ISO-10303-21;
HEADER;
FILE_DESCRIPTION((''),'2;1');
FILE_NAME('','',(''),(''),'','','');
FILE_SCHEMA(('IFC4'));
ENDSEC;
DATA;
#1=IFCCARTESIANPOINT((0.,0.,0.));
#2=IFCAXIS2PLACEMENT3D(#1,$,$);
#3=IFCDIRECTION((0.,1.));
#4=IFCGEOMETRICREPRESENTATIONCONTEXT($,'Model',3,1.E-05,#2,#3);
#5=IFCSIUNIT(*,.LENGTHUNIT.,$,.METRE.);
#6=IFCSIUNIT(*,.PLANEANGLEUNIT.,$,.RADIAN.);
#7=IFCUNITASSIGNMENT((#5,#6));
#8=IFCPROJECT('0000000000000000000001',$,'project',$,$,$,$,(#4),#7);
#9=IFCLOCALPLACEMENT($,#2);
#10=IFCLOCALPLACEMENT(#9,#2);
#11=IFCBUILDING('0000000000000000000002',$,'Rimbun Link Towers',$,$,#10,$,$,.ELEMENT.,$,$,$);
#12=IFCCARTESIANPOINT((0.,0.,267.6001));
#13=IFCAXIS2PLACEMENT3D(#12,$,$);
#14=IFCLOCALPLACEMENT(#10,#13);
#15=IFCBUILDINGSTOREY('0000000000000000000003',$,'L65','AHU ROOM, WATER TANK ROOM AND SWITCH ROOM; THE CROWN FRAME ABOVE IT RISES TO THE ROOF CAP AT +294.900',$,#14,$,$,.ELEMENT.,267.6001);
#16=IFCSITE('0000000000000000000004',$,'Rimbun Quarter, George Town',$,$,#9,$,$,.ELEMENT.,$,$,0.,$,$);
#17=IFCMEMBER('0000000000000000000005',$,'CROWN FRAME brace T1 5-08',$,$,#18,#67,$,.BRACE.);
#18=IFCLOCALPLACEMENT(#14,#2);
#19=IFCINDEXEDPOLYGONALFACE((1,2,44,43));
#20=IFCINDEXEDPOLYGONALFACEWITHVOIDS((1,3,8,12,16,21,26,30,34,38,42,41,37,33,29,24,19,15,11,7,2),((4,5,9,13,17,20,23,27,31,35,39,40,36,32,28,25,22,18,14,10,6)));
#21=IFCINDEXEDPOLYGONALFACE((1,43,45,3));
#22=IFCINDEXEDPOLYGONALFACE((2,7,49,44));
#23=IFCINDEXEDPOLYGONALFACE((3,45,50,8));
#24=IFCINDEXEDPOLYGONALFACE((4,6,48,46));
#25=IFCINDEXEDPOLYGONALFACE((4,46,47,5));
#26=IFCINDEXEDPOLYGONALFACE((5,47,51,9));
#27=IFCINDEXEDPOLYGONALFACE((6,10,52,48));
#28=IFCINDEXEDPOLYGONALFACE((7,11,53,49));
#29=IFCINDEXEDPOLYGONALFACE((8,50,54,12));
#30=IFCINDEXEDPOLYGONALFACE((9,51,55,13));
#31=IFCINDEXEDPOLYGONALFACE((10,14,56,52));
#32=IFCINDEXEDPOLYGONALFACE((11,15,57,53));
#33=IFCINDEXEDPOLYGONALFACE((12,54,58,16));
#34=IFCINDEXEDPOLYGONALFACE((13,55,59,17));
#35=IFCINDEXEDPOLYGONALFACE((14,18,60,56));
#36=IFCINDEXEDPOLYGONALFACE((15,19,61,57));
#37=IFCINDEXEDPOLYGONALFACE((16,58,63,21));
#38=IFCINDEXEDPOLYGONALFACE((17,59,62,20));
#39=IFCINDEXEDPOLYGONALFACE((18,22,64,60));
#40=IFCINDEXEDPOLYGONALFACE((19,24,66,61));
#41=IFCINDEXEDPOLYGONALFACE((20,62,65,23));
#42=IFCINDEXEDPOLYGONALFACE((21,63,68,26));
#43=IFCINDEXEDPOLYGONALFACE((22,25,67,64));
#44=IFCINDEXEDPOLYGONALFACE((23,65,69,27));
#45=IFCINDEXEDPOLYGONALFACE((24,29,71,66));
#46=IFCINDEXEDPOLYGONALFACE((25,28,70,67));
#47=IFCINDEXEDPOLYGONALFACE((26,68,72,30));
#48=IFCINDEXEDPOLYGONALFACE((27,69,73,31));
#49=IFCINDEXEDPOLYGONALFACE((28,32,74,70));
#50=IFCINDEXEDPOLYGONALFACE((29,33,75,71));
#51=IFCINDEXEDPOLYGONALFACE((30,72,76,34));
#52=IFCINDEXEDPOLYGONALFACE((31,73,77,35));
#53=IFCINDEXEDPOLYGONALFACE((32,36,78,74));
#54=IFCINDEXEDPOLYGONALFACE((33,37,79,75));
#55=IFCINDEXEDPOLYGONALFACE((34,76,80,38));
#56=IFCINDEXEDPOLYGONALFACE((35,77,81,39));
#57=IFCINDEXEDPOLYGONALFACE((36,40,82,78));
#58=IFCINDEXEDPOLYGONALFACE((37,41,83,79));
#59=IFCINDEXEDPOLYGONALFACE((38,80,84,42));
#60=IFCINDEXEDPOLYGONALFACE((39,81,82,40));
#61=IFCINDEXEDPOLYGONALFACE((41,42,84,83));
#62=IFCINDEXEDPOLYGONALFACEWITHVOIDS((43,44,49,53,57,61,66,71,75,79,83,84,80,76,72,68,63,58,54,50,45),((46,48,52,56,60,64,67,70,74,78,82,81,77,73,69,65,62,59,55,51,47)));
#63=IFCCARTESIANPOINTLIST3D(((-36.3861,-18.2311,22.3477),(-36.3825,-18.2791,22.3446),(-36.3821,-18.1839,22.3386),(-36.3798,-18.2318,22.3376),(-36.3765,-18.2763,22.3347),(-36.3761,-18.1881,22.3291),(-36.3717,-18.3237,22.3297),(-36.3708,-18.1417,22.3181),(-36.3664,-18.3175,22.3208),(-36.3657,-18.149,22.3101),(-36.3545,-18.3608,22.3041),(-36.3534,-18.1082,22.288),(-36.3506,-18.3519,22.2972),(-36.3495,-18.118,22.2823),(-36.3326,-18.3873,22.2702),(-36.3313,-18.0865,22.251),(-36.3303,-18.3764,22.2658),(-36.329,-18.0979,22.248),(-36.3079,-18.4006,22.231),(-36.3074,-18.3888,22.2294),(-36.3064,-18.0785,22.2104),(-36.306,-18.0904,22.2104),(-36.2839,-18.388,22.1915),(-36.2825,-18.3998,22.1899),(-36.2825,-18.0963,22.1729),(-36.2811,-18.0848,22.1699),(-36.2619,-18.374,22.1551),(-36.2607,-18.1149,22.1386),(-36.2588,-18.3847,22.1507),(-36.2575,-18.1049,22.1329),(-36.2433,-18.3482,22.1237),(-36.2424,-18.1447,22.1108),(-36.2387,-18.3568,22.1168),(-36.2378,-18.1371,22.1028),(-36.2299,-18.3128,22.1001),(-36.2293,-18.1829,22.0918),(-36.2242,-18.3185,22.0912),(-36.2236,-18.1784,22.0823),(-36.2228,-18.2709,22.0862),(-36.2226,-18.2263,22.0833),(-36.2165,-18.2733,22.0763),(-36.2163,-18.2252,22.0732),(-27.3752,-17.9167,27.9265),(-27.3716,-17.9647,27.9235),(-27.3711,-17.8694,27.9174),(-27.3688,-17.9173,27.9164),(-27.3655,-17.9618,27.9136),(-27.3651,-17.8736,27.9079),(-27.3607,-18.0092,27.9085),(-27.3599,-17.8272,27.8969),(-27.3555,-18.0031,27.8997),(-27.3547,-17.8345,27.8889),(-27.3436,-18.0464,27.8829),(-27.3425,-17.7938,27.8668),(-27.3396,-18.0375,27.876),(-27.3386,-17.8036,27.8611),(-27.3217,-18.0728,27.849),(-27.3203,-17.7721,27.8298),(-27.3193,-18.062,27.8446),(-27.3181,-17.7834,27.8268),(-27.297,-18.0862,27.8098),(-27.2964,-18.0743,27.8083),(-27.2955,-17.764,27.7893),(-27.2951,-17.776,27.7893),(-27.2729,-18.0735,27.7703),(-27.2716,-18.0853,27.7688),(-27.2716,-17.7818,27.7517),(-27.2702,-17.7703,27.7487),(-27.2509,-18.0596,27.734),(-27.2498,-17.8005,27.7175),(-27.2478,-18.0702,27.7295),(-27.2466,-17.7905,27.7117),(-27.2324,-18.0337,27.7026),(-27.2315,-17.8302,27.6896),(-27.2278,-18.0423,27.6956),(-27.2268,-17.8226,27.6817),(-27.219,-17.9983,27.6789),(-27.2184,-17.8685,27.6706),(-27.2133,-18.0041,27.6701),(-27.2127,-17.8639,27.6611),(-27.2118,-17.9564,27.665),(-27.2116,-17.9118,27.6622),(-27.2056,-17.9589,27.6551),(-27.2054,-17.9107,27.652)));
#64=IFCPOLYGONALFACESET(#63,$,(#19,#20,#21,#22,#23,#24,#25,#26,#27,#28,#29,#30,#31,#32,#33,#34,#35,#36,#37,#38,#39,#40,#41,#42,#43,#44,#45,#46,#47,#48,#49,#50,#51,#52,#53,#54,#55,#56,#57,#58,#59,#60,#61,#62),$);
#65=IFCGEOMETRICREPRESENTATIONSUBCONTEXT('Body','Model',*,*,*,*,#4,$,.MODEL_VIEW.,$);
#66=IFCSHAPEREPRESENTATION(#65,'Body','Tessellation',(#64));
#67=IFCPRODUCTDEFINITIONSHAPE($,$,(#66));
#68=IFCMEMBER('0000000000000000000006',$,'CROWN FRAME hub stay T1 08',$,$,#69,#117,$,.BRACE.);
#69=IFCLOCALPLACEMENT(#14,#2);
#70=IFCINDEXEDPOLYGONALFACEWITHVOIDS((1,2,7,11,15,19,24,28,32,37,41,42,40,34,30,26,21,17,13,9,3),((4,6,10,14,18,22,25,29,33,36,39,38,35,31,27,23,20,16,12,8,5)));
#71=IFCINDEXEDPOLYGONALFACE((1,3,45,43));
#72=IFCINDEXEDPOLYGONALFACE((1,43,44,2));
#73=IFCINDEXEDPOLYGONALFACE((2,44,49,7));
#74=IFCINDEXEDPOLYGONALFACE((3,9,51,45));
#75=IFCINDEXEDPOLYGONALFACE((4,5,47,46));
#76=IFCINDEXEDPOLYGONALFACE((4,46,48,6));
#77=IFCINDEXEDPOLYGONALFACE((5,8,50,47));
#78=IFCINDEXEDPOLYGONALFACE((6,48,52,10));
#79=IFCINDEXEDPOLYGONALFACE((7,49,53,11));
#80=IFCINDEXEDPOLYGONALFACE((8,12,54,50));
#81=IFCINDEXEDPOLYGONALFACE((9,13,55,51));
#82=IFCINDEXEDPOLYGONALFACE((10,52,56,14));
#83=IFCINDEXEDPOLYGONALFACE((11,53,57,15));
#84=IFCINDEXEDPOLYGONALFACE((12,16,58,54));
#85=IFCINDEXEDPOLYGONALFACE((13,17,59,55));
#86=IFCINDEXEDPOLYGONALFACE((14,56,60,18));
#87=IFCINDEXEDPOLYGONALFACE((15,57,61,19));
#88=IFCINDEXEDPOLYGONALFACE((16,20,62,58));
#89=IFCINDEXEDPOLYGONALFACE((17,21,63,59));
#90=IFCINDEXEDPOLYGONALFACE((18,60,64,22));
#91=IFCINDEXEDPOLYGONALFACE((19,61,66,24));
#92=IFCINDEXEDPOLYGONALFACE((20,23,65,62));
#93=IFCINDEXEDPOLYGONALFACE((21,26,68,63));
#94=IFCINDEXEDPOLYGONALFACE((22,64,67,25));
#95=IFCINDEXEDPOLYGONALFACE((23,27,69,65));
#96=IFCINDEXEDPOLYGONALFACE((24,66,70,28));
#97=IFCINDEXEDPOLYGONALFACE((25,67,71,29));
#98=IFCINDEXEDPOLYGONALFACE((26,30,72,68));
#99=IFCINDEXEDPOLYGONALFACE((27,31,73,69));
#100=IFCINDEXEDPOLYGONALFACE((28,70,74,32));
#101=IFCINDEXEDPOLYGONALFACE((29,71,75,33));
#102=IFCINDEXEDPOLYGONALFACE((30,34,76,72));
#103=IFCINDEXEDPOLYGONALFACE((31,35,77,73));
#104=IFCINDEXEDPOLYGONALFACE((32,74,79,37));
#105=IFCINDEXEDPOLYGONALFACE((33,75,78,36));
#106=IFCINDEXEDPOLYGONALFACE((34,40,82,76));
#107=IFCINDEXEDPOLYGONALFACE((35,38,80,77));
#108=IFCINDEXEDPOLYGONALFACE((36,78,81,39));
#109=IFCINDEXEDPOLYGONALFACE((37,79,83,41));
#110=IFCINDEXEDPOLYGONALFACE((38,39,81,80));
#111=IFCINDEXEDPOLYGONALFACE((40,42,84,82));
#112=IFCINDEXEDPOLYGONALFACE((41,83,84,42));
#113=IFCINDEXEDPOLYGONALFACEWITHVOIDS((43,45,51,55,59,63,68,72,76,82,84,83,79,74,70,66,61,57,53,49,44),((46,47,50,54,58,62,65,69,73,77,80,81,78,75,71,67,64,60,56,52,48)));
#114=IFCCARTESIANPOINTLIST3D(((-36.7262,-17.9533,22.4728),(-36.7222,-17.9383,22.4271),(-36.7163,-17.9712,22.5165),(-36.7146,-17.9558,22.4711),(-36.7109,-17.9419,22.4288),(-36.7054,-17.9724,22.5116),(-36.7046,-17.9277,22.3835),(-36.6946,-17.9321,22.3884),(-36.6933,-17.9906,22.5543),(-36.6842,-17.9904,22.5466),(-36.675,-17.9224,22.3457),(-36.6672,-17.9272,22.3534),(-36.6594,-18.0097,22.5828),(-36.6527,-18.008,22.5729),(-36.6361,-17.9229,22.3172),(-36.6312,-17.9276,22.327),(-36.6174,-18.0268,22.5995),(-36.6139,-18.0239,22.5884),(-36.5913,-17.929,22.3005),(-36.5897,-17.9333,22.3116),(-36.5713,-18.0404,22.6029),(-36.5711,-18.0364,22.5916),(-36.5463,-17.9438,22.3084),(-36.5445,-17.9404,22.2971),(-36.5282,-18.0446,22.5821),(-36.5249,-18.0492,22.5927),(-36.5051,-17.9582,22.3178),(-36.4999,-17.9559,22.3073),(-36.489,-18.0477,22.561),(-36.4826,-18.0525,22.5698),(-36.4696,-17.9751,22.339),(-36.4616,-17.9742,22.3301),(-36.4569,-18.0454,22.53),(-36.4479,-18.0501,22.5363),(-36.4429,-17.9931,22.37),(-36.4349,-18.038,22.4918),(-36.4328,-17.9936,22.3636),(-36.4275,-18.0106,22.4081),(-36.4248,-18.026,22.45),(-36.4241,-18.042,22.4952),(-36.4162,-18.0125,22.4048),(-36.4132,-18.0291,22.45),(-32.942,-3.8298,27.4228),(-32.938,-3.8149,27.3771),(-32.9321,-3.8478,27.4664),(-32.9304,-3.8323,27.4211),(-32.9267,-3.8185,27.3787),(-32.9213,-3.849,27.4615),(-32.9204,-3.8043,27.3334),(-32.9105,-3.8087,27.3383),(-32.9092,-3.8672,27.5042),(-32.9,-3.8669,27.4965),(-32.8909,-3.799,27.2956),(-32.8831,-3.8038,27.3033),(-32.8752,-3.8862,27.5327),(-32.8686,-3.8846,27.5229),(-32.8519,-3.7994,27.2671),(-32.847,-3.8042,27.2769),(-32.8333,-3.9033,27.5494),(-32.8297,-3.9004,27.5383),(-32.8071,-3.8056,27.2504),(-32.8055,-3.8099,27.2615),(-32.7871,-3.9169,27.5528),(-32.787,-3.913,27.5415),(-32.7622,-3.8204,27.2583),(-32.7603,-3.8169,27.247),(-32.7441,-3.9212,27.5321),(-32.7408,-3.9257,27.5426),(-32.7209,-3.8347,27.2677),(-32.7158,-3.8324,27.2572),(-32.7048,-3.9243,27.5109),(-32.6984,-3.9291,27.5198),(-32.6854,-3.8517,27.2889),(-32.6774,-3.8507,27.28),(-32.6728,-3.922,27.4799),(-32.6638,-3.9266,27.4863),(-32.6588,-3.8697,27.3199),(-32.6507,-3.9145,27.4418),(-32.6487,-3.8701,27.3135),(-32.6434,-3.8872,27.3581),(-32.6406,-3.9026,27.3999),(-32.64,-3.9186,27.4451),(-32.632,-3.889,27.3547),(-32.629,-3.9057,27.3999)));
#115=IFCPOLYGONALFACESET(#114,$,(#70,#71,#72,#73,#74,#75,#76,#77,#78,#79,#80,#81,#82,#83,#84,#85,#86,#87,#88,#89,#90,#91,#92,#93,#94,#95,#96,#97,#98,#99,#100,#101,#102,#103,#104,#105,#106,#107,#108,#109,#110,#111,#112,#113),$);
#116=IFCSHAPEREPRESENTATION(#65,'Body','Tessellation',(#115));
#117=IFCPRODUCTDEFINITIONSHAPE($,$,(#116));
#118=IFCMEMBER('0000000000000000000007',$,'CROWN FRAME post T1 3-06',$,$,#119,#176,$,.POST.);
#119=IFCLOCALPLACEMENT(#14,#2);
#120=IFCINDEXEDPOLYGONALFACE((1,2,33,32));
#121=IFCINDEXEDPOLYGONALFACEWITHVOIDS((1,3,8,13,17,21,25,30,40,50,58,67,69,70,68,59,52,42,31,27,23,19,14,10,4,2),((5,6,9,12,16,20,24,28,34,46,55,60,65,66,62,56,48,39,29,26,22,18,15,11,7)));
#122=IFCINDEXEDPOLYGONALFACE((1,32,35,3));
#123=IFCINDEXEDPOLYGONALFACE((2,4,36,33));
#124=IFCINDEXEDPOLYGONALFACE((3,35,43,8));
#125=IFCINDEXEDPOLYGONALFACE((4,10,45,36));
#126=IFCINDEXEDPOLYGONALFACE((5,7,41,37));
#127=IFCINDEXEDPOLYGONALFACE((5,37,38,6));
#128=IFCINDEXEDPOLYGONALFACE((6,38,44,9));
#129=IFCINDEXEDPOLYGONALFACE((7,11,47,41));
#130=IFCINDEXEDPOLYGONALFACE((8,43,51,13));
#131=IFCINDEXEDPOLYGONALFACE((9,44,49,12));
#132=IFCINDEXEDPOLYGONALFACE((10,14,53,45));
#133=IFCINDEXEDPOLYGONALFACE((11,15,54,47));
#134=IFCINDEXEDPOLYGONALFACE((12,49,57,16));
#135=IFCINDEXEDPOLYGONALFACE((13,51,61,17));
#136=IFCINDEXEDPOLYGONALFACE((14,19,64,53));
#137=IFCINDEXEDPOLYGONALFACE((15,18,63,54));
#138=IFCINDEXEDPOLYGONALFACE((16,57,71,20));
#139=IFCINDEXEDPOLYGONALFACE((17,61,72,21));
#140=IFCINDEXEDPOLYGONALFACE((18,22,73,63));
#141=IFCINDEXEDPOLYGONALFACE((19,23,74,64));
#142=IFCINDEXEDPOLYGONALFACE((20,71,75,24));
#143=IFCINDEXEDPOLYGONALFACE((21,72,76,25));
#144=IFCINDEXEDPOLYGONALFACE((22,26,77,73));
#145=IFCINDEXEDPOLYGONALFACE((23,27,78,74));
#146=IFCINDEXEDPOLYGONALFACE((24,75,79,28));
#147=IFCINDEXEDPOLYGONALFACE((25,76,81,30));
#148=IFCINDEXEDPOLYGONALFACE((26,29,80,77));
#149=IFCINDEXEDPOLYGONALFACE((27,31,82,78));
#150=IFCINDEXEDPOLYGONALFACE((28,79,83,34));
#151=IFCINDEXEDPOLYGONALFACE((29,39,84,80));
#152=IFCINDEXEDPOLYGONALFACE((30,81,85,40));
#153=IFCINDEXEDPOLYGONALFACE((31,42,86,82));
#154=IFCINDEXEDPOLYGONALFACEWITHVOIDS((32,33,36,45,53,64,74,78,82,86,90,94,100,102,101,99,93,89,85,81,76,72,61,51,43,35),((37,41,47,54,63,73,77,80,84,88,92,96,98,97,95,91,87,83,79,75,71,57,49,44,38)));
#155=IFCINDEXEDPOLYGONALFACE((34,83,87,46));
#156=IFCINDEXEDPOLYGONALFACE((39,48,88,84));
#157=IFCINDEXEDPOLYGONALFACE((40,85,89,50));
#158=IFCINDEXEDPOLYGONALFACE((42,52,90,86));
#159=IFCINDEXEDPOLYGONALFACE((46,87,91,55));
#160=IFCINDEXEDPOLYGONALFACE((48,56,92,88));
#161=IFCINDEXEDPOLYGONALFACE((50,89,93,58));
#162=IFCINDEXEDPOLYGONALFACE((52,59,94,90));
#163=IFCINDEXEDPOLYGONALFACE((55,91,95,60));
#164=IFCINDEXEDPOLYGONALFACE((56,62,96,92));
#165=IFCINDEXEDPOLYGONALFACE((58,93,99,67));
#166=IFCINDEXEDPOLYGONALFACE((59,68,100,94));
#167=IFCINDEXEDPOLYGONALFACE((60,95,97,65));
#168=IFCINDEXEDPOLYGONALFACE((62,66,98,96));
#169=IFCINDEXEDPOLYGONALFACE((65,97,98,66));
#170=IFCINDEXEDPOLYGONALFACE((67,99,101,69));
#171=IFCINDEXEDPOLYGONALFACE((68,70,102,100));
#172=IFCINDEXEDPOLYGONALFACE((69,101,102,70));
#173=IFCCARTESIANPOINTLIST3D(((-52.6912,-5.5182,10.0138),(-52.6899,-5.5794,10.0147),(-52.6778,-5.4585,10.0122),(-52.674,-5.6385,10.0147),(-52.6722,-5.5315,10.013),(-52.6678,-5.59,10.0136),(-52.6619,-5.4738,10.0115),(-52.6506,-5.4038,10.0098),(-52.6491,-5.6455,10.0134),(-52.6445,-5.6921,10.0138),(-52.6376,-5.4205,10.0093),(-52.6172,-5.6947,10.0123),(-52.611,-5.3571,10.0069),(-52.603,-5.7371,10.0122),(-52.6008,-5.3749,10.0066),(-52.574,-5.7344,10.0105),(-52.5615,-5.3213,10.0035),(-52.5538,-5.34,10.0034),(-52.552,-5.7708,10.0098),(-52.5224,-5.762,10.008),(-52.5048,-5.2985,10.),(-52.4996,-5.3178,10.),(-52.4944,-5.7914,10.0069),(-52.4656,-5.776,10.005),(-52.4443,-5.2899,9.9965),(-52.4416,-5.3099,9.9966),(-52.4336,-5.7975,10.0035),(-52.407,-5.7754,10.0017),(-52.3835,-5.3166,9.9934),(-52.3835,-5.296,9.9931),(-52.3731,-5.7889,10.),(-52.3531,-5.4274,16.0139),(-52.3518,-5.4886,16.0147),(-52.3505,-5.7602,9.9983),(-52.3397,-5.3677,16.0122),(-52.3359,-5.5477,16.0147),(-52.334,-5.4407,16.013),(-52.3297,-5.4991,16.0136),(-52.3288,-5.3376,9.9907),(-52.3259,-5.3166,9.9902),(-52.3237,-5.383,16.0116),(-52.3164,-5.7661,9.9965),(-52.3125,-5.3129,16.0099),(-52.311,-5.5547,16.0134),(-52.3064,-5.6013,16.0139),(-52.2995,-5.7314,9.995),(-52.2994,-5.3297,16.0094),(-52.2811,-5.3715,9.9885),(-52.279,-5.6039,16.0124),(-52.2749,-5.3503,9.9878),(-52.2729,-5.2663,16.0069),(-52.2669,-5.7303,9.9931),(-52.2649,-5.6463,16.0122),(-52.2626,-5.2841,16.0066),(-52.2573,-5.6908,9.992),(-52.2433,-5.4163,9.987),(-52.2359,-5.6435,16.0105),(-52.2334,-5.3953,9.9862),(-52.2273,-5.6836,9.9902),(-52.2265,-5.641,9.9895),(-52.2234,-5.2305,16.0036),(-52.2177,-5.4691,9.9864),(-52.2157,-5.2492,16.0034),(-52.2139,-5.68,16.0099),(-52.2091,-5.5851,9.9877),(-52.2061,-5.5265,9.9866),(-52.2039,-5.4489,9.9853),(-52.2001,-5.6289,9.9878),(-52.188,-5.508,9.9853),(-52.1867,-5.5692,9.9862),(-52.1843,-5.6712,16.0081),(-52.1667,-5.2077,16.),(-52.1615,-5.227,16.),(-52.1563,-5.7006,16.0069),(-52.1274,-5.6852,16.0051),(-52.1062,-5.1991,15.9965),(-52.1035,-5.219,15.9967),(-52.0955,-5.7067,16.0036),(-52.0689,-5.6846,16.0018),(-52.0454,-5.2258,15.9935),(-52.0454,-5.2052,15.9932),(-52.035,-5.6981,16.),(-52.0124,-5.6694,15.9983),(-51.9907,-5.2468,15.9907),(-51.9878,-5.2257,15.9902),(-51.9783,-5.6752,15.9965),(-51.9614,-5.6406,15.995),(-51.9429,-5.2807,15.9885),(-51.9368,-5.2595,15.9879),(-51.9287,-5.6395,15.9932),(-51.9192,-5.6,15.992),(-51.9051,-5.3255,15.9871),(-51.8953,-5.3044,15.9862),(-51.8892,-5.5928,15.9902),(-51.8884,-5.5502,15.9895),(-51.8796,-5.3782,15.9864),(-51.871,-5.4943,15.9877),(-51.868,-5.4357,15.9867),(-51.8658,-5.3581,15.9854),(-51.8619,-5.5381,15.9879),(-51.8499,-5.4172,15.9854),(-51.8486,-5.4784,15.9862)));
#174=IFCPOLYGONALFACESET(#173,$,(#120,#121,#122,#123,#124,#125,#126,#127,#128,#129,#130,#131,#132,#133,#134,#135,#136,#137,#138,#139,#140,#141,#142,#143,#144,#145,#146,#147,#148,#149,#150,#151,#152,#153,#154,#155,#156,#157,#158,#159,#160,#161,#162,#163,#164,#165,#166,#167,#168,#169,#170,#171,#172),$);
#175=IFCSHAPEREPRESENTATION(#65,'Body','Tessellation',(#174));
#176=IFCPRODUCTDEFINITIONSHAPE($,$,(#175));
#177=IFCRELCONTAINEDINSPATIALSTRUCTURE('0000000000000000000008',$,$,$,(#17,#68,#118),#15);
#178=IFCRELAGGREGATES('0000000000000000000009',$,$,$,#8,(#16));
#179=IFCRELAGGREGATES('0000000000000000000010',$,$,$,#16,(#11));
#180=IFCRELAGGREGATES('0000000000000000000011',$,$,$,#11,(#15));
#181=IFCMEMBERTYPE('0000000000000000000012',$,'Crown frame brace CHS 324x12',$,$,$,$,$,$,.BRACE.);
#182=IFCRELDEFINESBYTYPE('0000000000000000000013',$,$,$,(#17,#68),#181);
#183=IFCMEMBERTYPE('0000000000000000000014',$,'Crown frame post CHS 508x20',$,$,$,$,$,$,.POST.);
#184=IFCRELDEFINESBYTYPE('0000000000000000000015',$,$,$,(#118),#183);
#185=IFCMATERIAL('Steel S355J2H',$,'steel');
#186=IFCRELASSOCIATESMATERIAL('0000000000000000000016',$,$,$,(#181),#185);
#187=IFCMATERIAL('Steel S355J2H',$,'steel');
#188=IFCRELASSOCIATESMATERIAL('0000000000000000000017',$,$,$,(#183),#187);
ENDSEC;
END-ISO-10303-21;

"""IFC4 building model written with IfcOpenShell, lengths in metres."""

from ifc_helpers import new_model, si_unit, direction, frame, origin, origin_2d, place, context, subcontext, project, spatial, hollow_circle, extrude, material, material_profile, profile_set, type_object, element, save


model = new_model("IFC4")

# Units and contexts
model_context = context("Model", 3, precision=1e-05, world=origin(), true_north=direction((0.0, 1.0)))
body_context = subcontext(model_context, "Body", "Model", "MODEL_VIEW")
ifc_project = project(units=[si_unit("LENGTHUNIT", "METRE"), si_unit("PLANEANGLEUNIT", "RADIAN")], contexts=[model_context])

# Site, building, storey
site_placement = place(None, origin())
site = spatial("IfcSite", under=ifc_project, at=site_placement, Name="Rimbun Quarter, George Town", CompositionType="ELEMENT", RefElevation=0.0)
building_placement = place(site_placement, origin())
building = spatial("IfcBuilding", under=site, at=building_placement, Name="Rimbun Link Towers", CompositionType="ELEMENT")
storey_placement = place(building_placement, frame((0.0, 0.0, 267.6001)))
storey = spatial("IfcBuildingStorey", under=building, at=storey_placement, Name="L65", Description="AHU ROOM, WATER TANK ROOM AND SWITCH ROOM; THE CROWN FRAME ABOVE IT RISES TO THE ROOF CAP AT +294.900", CompositionType="ELEMENT", Elevation=267.6001)

# Members
ifc_material_1 = material(Name="Steel S355J2H", Category="steel")
ifc_material_profile_1 = material_profile(ifc_material_1, hollow_circle(Radius=0.1619, WallThickness=0.012, at=origin_2d()), Name="Crown frame brace CHS 324x12")
ifc_profile_set_1 = profile_set([ifc_material_profile_1], Name="Steel S355J2H")
member_type_1 = type_object("IfcMemberType", Name="Crown frame brace CHS 324x12", PredefinedType="BRACE", material=ifc_profile_set_1)
member_1_placement = place(storey_placement, frame((-36.3008, -18.2402, 22.2104), z_axis=(0.849865, 0.029657, 0.526166), x_axis=(-0.034875, 0.999392, 0.0)))
element("IfcMember", 1, at=member_1_placement, inside=storey, type_object=member_type_1, Name="CROWN FRAME brace T1 5-08", PredefinedType="BRACE", context=body_context, shape_type="SweptSolid", body=[
    extrude(hollow_circle(Radius=0.1619, WallThickness=0.012, at=origin_2d()), origin(), (0.0, 0.0, 1.0), 10.6028),
])
member_2_placement = place(storey_placement, frame((-32.7854, -3.8638, 27.3999), z_axis=(-0.245139, -0.914924, -0.320658), x_axis=(0.965929, -0.258806, 0.0)))
element("IfcMember", 2, at=member_2_placement, inside=storey, type_object=member_type_1, Name="CROWN FRAME hub stay T1 08", PredefinedType="BRACE", context=body_context, shape_type="SweptSolid", body=[
    extrude(hollow_circle(Radius=0.1619, WallThickness=0.012, at=origin_2d()), origin(), (0.0, 0.0, 1.0), 15.4368),
])
ifc_material_2 = material(Name="Steel S355J2H", Category="steel")
ifc_material_profile_2 = material_profile(ifc_material_2, hollow_circle(Radius=0.2539, WallThickness=0.02, at=origin_2d()), Name="Crown frame post CHS 508x20")
ifc_profile_set_2 = profile_set([ifc_material_profile_2], Name="Steel S355J2H")
member_type_2 = type_object("IfcMemberType", Name="Crown frame post CHS 508x20", PredefinedType="POST", material=ifc_profile_set_2)
for number, where, z_axis, x_axis, name in (
    (3, (-52.439, -5.5437, 10.0), (0.05626, 0.015111, 0.998302), (-0.259398, 0.96577, 0.0), "CROWN FRAME post T1 3-06"),
):
    element("IfcMember", number, at=place(storey_placement, frame(where, z_axis=z_axis, x_axis=x_axis)), inside=storey, type_object=member_type_2, Name=name, PredefinedType="POST", context=body_context, shape_type="SweptSolid", body=[
        extrude(hollow_circle(Radius=0.2539, WallThickness=0.02, at=origin_2d()), origin(), (0.0, 0.0, 1.0), 6.0103),
    ])

save(model, "model.ifc")
